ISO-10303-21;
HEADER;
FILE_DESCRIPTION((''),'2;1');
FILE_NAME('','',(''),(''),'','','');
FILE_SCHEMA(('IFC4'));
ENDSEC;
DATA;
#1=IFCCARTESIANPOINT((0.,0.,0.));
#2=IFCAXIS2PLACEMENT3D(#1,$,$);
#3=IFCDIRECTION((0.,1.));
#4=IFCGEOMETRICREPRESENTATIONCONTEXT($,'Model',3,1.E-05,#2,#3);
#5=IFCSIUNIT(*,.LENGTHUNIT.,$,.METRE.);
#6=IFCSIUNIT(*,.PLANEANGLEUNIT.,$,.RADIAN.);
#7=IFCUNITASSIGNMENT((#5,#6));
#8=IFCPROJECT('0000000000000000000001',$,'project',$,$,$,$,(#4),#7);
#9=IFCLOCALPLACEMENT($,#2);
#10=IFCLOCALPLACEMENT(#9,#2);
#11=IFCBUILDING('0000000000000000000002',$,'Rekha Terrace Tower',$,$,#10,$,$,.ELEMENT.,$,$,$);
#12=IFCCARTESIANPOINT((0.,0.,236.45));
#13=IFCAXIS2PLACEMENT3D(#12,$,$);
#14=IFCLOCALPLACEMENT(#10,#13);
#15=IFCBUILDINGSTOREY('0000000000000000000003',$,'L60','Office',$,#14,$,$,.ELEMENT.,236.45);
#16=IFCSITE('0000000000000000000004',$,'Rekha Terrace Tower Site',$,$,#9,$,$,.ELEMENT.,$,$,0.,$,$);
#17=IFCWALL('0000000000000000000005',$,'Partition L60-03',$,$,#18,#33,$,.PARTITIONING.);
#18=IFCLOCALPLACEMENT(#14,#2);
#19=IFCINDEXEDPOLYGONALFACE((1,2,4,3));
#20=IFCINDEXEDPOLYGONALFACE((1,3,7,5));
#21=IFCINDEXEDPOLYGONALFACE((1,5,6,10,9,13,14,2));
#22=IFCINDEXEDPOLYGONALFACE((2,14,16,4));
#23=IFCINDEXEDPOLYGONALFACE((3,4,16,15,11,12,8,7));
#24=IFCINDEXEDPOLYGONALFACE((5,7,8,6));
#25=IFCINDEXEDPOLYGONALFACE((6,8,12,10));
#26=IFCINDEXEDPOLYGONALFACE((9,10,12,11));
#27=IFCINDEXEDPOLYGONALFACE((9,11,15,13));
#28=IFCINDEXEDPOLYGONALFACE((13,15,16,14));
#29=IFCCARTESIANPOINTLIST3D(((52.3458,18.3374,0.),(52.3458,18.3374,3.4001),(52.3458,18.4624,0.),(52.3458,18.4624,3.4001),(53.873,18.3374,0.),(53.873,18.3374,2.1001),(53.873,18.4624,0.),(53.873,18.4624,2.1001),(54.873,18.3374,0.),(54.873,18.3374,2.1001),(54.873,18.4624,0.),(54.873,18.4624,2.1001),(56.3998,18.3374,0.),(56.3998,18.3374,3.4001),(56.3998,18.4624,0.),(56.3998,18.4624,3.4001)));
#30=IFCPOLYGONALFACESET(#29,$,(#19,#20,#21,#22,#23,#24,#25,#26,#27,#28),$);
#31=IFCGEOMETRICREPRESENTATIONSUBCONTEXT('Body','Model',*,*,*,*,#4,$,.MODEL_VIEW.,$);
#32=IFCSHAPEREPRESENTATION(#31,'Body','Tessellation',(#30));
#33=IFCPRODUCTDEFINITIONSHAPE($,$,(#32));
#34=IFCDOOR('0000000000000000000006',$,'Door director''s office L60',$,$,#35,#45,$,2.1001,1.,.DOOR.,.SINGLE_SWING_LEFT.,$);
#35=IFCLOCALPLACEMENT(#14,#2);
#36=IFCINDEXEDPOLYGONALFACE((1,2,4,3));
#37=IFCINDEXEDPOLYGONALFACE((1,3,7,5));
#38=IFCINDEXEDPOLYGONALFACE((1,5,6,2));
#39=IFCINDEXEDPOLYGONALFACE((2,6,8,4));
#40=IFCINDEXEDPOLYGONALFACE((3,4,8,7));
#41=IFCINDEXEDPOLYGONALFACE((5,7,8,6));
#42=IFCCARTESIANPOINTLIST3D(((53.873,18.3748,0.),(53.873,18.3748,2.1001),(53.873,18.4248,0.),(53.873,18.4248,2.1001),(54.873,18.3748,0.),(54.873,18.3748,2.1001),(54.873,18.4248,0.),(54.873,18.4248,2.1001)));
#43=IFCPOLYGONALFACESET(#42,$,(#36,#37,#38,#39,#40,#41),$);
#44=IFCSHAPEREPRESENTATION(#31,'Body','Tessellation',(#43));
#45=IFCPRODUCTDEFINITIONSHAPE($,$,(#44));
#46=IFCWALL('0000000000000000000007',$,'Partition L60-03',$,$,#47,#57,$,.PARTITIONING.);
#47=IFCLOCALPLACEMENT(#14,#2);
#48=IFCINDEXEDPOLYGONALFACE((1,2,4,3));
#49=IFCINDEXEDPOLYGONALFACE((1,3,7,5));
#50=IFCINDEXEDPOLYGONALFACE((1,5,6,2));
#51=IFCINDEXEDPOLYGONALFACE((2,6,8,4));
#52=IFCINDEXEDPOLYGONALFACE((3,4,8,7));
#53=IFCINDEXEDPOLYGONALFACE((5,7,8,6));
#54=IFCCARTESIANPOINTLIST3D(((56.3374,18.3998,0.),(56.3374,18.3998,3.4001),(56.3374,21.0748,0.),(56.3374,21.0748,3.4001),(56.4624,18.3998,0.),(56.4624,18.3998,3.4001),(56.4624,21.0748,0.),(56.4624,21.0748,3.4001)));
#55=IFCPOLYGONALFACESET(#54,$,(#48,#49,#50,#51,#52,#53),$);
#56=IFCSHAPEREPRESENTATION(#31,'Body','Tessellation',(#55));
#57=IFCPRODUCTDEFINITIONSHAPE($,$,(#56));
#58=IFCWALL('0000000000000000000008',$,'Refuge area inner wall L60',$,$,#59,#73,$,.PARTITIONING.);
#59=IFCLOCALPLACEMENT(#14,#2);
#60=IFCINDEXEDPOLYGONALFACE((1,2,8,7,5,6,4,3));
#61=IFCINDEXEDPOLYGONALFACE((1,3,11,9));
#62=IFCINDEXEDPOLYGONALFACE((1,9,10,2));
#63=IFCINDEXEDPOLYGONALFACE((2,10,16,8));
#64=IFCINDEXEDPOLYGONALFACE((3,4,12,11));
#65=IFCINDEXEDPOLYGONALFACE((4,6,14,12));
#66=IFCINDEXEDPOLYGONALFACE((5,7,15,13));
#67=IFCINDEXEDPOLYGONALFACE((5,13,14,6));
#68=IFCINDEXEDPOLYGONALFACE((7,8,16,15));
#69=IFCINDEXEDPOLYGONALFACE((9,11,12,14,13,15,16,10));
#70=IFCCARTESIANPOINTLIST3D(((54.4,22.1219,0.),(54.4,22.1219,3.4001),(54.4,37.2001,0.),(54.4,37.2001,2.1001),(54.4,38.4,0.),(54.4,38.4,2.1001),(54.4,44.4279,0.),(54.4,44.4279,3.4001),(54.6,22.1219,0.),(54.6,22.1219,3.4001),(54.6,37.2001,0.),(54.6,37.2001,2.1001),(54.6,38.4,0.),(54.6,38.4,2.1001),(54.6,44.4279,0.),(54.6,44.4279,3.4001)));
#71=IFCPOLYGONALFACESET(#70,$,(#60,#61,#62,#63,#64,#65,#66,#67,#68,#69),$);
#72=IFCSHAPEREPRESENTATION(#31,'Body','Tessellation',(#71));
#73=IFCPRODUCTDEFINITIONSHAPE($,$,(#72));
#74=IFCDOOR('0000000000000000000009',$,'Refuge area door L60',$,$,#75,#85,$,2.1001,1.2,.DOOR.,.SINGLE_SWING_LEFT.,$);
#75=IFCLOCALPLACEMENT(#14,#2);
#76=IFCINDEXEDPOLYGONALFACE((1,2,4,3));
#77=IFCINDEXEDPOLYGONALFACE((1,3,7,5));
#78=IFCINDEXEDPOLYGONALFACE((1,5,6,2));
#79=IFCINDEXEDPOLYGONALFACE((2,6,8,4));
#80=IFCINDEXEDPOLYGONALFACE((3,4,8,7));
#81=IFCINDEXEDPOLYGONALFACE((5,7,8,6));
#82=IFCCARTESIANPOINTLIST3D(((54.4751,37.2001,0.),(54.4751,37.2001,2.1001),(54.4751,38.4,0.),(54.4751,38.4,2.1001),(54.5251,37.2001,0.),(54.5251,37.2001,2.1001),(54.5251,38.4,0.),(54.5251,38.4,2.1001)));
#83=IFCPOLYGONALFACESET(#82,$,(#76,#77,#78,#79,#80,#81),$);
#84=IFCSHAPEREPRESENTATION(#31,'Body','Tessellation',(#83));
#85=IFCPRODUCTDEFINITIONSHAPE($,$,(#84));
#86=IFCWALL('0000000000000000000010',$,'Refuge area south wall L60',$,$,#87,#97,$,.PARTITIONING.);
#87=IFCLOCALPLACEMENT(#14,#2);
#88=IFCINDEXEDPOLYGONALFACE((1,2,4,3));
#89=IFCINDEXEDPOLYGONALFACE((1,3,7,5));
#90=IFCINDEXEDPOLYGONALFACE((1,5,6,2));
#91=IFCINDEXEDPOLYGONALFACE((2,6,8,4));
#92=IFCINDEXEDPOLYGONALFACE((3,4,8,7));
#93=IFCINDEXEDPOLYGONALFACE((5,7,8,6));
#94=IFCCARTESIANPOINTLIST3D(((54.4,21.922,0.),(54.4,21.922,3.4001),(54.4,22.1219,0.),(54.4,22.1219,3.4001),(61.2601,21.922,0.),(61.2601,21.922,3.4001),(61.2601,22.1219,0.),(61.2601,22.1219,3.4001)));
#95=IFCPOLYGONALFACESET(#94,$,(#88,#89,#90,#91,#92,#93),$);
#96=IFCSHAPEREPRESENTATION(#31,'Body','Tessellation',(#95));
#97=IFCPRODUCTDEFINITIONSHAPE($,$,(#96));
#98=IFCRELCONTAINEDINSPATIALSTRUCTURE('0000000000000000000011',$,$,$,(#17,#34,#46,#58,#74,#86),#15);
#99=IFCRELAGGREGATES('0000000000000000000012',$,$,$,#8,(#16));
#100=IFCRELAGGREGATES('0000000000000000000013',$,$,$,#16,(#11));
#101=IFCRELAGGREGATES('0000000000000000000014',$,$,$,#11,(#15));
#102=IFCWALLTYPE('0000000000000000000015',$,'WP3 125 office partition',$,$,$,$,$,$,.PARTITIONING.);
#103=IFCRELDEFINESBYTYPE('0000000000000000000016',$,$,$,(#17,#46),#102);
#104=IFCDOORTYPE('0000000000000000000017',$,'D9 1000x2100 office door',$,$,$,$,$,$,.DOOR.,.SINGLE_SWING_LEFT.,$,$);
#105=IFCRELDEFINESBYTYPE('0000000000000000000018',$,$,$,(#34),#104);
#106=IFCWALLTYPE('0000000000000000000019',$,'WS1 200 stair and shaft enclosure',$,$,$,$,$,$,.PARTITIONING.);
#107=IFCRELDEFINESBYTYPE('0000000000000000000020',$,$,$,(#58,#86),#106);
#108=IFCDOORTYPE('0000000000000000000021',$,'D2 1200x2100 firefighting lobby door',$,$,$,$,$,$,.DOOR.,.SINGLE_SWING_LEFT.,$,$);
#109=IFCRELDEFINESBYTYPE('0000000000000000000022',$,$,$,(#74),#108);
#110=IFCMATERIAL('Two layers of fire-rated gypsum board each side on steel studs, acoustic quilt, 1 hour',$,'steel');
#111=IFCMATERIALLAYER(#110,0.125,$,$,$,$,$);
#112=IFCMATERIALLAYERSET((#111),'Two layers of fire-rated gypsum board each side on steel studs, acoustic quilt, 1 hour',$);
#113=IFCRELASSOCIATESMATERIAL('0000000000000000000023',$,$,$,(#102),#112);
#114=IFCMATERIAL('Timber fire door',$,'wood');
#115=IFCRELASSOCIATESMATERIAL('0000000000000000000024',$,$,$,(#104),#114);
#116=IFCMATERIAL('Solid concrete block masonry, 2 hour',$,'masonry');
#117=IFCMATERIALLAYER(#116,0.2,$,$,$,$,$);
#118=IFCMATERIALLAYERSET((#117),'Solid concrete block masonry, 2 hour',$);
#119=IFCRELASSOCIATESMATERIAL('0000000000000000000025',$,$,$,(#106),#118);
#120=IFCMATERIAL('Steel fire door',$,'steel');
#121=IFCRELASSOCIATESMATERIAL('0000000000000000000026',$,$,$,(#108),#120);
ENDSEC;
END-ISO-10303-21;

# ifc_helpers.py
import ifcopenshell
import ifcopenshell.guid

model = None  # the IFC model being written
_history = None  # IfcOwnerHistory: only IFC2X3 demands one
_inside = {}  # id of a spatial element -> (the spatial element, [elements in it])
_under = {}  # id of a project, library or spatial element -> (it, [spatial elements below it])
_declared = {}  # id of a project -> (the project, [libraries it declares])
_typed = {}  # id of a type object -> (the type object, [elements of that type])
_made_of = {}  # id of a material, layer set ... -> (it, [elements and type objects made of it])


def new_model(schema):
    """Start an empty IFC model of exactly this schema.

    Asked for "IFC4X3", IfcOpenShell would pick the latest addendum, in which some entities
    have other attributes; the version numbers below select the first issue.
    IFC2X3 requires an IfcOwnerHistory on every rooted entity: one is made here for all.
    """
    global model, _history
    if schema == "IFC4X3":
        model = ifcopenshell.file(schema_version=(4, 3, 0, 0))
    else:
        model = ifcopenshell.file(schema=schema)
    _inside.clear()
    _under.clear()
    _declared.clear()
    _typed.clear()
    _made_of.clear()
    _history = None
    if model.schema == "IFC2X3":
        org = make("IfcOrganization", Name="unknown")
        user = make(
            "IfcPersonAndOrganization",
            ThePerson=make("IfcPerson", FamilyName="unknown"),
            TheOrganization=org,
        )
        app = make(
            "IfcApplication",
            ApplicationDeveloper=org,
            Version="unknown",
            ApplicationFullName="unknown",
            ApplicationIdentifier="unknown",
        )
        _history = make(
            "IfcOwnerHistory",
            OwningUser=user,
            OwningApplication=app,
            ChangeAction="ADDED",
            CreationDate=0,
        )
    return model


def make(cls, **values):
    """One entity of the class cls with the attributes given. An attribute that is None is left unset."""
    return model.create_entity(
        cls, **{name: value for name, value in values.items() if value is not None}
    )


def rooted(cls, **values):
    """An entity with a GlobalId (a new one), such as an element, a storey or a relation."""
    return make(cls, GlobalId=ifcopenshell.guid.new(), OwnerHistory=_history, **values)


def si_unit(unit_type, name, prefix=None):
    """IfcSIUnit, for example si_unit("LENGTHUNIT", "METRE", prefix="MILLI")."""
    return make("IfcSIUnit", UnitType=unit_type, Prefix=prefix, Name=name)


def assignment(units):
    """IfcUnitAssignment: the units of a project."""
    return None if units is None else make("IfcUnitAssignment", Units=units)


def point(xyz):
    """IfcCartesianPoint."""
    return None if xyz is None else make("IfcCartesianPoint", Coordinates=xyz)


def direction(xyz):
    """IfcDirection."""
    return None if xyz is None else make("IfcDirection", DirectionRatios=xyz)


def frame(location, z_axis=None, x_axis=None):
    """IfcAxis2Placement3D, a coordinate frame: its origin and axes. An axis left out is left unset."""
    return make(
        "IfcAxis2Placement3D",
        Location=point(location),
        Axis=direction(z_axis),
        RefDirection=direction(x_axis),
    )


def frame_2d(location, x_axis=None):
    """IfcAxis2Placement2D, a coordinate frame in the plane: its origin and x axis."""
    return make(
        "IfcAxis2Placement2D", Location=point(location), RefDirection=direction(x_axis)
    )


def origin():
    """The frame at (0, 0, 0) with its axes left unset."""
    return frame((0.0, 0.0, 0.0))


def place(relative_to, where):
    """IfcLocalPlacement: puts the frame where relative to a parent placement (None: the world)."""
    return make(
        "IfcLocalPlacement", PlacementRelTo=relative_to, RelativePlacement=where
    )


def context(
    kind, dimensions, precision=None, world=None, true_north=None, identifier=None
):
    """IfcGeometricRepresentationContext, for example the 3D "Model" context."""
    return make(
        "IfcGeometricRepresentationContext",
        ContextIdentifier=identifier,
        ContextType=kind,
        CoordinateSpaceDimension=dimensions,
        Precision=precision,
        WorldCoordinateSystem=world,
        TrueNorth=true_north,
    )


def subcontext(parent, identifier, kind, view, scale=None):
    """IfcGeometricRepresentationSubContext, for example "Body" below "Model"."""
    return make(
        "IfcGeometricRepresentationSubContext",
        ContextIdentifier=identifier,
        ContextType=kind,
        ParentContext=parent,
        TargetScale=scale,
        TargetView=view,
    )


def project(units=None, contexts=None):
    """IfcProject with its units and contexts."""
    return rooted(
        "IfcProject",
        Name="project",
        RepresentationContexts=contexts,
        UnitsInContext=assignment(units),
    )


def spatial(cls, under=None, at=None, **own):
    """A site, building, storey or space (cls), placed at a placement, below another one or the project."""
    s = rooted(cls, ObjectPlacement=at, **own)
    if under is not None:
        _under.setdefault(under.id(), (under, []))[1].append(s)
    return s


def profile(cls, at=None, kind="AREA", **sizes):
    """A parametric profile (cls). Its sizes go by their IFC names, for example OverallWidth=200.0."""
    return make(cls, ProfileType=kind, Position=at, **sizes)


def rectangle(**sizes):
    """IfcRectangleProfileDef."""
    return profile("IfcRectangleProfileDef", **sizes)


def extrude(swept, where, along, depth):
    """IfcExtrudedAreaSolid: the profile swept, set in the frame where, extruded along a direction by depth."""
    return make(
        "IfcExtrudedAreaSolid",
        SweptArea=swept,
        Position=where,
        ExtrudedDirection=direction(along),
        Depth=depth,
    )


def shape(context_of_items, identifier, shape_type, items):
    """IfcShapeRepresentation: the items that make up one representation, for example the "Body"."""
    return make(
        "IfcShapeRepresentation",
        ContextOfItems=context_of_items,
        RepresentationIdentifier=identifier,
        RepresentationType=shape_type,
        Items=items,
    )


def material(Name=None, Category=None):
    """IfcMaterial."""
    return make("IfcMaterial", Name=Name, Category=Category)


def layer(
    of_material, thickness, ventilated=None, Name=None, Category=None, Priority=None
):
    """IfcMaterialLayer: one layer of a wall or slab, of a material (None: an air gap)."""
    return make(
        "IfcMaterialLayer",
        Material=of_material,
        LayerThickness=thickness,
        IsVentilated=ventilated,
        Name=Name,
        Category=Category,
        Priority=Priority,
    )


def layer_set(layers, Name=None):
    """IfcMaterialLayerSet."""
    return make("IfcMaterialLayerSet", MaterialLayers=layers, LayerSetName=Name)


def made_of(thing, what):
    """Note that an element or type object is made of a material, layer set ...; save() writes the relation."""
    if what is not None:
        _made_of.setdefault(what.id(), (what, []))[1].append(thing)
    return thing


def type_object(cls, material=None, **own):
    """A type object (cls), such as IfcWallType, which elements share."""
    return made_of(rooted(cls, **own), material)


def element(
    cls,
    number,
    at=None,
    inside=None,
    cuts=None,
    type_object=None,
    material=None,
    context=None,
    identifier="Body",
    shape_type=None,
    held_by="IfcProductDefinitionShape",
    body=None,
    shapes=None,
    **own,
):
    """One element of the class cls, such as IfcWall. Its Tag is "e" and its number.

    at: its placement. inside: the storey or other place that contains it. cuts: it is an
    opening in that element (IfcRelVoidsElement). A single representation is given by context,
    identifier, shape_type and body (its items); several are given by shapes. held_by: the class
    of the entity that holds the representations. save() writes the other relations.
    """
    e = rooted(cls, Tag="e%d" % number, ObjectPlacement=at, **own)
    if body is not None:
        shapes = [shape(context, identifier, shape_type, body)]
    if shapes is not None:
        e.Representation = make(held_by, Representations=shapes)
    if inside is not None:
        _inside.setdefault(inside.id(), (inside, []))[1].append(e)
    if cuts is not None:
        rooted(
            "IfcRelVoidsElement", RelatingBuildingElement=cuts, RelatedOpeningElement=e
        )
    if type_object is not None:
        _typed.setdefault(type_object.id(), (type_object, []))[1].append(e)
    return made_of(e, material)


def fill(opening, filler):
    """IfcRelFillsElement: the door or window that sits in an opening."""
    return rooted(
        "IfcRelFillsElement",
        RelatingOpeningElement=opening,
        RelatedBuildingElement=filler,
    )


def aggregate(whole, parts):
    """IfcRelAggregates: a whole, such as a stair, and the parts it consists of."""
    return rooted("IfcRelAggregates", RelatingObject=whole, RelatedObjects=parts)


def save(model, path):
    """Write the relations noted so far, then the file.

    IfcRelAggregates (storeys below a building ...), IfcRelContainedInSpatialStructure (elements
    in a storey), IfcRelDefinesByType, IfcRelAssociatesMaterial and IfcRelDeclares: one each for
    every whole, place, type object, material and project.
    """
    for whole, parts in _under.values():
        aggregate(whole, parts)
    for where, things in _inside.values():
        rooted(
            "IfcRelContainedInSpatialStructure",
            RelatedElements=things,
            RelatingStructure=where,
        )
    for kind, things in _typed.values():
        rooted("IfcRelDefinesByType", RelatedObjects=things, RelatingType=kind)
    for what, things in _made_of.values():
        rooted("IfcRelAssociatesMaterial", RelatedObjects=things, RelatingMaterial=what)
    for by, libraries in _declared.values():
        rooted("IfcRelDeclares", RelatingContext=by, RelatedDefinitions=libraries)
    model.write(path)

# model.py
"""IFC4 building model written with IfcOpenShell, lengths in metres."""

from ifc_helpers import new_model, si_unit, direction, frame, frame_2d, origin, place, context, subcontext, project, spatial, rectangle, extrude, material, layer, layer_set, type_object, element, fill, save


model = new_model("IFC4")

# Units and contexts
model_context = context("Model", 3, precision=1e-05, world=origin(), true_north=direction((0.0, 1.0)))
body_context = subcontext(model_context, "Body", "Model", "MODEL_VIEW")
ifc_project = project(units=[si_unit("LENGTHUNIT", "METRE"), si_unit("PLANEANGLEUNIT", "RADIAN")], contexts=[model_context])

# Site, building, storey
site_placement = place(None, origin())
site = spatial("IfcSite", under=ifc_project, at=site_placement, Name="Rekha Terrace Tower Site", CompositionType="ELEMENT", RefElevation=0.0)
building_placement = place(site_placement, origin())
building = spatial("IfcBuilding", under=site, at=building_placement, Name="Rekha Terrace Tower", CompositionType="ELEMENT")
storey_placement = place(building_placement, frame((0.0, 0.0, 236.45)))
storey = spatial("IfcBuildingStorey", under=building, at=storey_placement, Name="L60", Description="Office", CompositionType="ELEMENT", Elevation=236.45)

# Shared definitions
ifc_material_1 = material(Name="Two layers of fire-rated gypsum board each side on steel studs, acoustic quilt, 1 hour", Category="steel")
ifc_layer_1 = layer(ifc_material_1, 0.125)
ifc_layer_set_1 = layer_set([ifc_layer_1], Name="Two layers of fire-rated gypsum board each side on steel studs, acoustic quilt, 1 hour")
wall_type_1 = type_object("IfcWallType", Name="WP3 125 office partition", PredefinedType="PARTITIONING", material=ifc_layer_set_1)

# Wall, opening, door
wall_1_placement = place(storey_placement, frame((52.3459, 18.3999, 0.0), z_axis=(0.0, 0.0, 1.0), x_axis=(1.0, 0.0, 0.0)))
wall_1 = element("IfcWall", 1, at=wall_1_placement, inside=storey, type_object=wall_type_1, Name="Partition L60-03", PredefinedType="PARTITIONING", context=body_context, shape_type="SweptSolid", body=[
    extrude(rectangle(XDim=4.054, YDim=0.125, at=frame_2d((2.0269, 0.0))), origin(), (0.0, 0.0, 1.0), 3.4001),
])
opening_1_placement = place(wall_1_placement, frame((1.5271, 0.0, 0.0)))
opening_1 = element("IfcOpeningElement", 2, at=opening_1_placement, cuts=wall_1, PredefinedType="OPENING", context=body_context, shape_type="SweptSolid", body=[
    extrude(rectangle(XDim=1.0, YDim=2.1001, at=frame_2d((0.5, 1.05))), frame((0.0, 0.0725, 0.0), z_axis=(0.0, -1.0, 0.0), x_axis=(1.0, 0.0, 0.0)), (0.0, 0.0, 1.0), 0.145),
])
ifc_material_2 = material(Name="Timber fire door", Category="wood")
door_type_1 = type_object("IfcDoorType", Name="D9 1000x2100 office door", OperationType="SINGLE_SWING_LEFT", PredefinedType="DOOR", material=ifc_material_2)
door_1_placement = place(opening_1_placement, origin())
door_1 = element("IfcDoor", 3, at=door_1_placement, inside=storey, type_object=door_type_1, Name="Door director's office L60", OperationType="SINGLE_SWING_LEFT", OverallHeight=2.1001, OverallWidth=1.0, PredefinedType="DOOR", context=body_context, shape_type="SweptSolid", body=[
    extrude(rectangle(XDim=1.0, YDim=2.1001, at=frame_2d((0.5, 1.05))), frame((0.0, 0.0249, 0.0), z_axis=(0.0, -1.0, 0.0), x_axis=(1.0, 0.0, 0.0)), (0.0, 0.0, 1.0), 0.05),
])
fill(opening_1, door_1)

# Wall
wall_2_placement = place(storey_placement, frame((56.3999, 18.3999, 0.0), z_axis=(0.0, 0.0, 1.0), x_axis=(0.0, 1.0, 0.0)))
element("IfcWall", 4, at=wall_2_placement, inside=storey, type_object=wall_type_1, Name="Partition L60-03", PredefinedType="PARTITIONING", context=body_context, shape_type="SweptSolid", body=[
    extrude(rectangle(XDim=2.675, YDim=0.125, at=frame_2d((1.3374, 0.0))), origin(), (0.0, 0.0, 1.0), 3.4001),
])

# Wall, opening, door
ifc_material_3 = material(Name="Solid concrete block masonry, 2 hour", Category="masonry")
ifc_layer_2 = layer(ifc_material_3, 0.2)
ifc_layer_set_2 = layer_set([ifc_layer_2], Name="Solid concrete block masonry, 2 hour")
wall_type_2 = type_object("IfcWallType", Name="WS1 200 stair and shaft enclosure", PredefinedType="PARTITIONING", material=ifc_layer_set_2)
wall_3_placement = place(storey_placement, frame((54.5, 22.1221, 0.0), z_axis=(0.0, 0.0, 1.0), x_axis=(0.0, 1.0, 0.0)))
wall_3 = element("IfcWall", 5, at=wall_3_placement, inside=storey, type_object=wall_type_2, Name="Refuge area inner wall L60", PredefinedType="PARTITIONING", context=body_context, shape_type="SweptSolid", body=[
    extrude(rectangle(XDim=22.3059, YDim=0.2, at=frame_2d((11.1528, 0.0))), origin(), (0.0, 0.0, 1.0), 3.4001),
])
opening_2_placement = place(wall_3_placement, frame((15.0779, 0.0, 0.0)))
opening_2 = element("IfcOpeningElement", 6, at=opening_2_placement, cuts=wall_3, PredefinedType="OPENING", context=body_context, shape_type="SweptSolid", body=[
    extrude(rectangle(XDim=1.2, YDim=2.1001, at=frame_2d((0.6001, 1.05))), frame((0.0, 0.1099, 0.0), z_axis=(0.0, -1.0, 0.0), x_axis=(1.0, 0.0, 0.0)), (0.0, 0.0, 1.0), 0.22),
])
ifc_material_4 = material(Name="Steel fire door", Category="steel")
door_type_2 = type_object("IfcDoorType", Name="D2 1200x2100 firefighting lobby door", OperationType="SINGLE_SWING_LEFT", PredefinedType="DOOR", material=ifc_material_4)
door_2_placement = place(opening_2_placement, origin())
door_2 = element("IfcDoor", 7, at=door_2_placement, inside=storey, type_object=door_type_2, Name="Refuge area door L60", OperationType="SINGLE_SWING_LEFT", OverallHeight=2.1001, OverallWidth=1.2, PredefinedType="DOOR", context=body_context, shape_type="SweptSolid", body=[
    extrude(rectangle(XDim=1.2, YDim=2.1001, at=frame_2d((0.6001, 1.05))), frame((0.0, 0.0249, 0.0), z_axis=(0.0, -1.0, 0.0), x_axis=(1.0, 0.0, 0.0)), (0.0, 0.0, 1.0), 0.05),
])
fill(opening_2, door_2)

# Wall
wall_4_placement = place(storey_placement, frame((54.3999, 22.022, 0.0), z_axis=(0.0, 0.0, 1.0), x_axis=(1.0, 0.0, 0.0)))
element("IfcWall", 8, at=wall_4_placement, inside=storey, type_object=wall_type_2, Name="Refuge area south wall L60", PredefinedType="PARTITIONING", context=body_context, shape_type="SweptSolid", body=[
    extrude(rectangle(XDim=6.8601, YDim=0.2, at=frame_2d((3.4302, 0.0))), origin(), (0.0, 0.0, 1.0), 3.4001),
])

save(model, "model.ifc")
